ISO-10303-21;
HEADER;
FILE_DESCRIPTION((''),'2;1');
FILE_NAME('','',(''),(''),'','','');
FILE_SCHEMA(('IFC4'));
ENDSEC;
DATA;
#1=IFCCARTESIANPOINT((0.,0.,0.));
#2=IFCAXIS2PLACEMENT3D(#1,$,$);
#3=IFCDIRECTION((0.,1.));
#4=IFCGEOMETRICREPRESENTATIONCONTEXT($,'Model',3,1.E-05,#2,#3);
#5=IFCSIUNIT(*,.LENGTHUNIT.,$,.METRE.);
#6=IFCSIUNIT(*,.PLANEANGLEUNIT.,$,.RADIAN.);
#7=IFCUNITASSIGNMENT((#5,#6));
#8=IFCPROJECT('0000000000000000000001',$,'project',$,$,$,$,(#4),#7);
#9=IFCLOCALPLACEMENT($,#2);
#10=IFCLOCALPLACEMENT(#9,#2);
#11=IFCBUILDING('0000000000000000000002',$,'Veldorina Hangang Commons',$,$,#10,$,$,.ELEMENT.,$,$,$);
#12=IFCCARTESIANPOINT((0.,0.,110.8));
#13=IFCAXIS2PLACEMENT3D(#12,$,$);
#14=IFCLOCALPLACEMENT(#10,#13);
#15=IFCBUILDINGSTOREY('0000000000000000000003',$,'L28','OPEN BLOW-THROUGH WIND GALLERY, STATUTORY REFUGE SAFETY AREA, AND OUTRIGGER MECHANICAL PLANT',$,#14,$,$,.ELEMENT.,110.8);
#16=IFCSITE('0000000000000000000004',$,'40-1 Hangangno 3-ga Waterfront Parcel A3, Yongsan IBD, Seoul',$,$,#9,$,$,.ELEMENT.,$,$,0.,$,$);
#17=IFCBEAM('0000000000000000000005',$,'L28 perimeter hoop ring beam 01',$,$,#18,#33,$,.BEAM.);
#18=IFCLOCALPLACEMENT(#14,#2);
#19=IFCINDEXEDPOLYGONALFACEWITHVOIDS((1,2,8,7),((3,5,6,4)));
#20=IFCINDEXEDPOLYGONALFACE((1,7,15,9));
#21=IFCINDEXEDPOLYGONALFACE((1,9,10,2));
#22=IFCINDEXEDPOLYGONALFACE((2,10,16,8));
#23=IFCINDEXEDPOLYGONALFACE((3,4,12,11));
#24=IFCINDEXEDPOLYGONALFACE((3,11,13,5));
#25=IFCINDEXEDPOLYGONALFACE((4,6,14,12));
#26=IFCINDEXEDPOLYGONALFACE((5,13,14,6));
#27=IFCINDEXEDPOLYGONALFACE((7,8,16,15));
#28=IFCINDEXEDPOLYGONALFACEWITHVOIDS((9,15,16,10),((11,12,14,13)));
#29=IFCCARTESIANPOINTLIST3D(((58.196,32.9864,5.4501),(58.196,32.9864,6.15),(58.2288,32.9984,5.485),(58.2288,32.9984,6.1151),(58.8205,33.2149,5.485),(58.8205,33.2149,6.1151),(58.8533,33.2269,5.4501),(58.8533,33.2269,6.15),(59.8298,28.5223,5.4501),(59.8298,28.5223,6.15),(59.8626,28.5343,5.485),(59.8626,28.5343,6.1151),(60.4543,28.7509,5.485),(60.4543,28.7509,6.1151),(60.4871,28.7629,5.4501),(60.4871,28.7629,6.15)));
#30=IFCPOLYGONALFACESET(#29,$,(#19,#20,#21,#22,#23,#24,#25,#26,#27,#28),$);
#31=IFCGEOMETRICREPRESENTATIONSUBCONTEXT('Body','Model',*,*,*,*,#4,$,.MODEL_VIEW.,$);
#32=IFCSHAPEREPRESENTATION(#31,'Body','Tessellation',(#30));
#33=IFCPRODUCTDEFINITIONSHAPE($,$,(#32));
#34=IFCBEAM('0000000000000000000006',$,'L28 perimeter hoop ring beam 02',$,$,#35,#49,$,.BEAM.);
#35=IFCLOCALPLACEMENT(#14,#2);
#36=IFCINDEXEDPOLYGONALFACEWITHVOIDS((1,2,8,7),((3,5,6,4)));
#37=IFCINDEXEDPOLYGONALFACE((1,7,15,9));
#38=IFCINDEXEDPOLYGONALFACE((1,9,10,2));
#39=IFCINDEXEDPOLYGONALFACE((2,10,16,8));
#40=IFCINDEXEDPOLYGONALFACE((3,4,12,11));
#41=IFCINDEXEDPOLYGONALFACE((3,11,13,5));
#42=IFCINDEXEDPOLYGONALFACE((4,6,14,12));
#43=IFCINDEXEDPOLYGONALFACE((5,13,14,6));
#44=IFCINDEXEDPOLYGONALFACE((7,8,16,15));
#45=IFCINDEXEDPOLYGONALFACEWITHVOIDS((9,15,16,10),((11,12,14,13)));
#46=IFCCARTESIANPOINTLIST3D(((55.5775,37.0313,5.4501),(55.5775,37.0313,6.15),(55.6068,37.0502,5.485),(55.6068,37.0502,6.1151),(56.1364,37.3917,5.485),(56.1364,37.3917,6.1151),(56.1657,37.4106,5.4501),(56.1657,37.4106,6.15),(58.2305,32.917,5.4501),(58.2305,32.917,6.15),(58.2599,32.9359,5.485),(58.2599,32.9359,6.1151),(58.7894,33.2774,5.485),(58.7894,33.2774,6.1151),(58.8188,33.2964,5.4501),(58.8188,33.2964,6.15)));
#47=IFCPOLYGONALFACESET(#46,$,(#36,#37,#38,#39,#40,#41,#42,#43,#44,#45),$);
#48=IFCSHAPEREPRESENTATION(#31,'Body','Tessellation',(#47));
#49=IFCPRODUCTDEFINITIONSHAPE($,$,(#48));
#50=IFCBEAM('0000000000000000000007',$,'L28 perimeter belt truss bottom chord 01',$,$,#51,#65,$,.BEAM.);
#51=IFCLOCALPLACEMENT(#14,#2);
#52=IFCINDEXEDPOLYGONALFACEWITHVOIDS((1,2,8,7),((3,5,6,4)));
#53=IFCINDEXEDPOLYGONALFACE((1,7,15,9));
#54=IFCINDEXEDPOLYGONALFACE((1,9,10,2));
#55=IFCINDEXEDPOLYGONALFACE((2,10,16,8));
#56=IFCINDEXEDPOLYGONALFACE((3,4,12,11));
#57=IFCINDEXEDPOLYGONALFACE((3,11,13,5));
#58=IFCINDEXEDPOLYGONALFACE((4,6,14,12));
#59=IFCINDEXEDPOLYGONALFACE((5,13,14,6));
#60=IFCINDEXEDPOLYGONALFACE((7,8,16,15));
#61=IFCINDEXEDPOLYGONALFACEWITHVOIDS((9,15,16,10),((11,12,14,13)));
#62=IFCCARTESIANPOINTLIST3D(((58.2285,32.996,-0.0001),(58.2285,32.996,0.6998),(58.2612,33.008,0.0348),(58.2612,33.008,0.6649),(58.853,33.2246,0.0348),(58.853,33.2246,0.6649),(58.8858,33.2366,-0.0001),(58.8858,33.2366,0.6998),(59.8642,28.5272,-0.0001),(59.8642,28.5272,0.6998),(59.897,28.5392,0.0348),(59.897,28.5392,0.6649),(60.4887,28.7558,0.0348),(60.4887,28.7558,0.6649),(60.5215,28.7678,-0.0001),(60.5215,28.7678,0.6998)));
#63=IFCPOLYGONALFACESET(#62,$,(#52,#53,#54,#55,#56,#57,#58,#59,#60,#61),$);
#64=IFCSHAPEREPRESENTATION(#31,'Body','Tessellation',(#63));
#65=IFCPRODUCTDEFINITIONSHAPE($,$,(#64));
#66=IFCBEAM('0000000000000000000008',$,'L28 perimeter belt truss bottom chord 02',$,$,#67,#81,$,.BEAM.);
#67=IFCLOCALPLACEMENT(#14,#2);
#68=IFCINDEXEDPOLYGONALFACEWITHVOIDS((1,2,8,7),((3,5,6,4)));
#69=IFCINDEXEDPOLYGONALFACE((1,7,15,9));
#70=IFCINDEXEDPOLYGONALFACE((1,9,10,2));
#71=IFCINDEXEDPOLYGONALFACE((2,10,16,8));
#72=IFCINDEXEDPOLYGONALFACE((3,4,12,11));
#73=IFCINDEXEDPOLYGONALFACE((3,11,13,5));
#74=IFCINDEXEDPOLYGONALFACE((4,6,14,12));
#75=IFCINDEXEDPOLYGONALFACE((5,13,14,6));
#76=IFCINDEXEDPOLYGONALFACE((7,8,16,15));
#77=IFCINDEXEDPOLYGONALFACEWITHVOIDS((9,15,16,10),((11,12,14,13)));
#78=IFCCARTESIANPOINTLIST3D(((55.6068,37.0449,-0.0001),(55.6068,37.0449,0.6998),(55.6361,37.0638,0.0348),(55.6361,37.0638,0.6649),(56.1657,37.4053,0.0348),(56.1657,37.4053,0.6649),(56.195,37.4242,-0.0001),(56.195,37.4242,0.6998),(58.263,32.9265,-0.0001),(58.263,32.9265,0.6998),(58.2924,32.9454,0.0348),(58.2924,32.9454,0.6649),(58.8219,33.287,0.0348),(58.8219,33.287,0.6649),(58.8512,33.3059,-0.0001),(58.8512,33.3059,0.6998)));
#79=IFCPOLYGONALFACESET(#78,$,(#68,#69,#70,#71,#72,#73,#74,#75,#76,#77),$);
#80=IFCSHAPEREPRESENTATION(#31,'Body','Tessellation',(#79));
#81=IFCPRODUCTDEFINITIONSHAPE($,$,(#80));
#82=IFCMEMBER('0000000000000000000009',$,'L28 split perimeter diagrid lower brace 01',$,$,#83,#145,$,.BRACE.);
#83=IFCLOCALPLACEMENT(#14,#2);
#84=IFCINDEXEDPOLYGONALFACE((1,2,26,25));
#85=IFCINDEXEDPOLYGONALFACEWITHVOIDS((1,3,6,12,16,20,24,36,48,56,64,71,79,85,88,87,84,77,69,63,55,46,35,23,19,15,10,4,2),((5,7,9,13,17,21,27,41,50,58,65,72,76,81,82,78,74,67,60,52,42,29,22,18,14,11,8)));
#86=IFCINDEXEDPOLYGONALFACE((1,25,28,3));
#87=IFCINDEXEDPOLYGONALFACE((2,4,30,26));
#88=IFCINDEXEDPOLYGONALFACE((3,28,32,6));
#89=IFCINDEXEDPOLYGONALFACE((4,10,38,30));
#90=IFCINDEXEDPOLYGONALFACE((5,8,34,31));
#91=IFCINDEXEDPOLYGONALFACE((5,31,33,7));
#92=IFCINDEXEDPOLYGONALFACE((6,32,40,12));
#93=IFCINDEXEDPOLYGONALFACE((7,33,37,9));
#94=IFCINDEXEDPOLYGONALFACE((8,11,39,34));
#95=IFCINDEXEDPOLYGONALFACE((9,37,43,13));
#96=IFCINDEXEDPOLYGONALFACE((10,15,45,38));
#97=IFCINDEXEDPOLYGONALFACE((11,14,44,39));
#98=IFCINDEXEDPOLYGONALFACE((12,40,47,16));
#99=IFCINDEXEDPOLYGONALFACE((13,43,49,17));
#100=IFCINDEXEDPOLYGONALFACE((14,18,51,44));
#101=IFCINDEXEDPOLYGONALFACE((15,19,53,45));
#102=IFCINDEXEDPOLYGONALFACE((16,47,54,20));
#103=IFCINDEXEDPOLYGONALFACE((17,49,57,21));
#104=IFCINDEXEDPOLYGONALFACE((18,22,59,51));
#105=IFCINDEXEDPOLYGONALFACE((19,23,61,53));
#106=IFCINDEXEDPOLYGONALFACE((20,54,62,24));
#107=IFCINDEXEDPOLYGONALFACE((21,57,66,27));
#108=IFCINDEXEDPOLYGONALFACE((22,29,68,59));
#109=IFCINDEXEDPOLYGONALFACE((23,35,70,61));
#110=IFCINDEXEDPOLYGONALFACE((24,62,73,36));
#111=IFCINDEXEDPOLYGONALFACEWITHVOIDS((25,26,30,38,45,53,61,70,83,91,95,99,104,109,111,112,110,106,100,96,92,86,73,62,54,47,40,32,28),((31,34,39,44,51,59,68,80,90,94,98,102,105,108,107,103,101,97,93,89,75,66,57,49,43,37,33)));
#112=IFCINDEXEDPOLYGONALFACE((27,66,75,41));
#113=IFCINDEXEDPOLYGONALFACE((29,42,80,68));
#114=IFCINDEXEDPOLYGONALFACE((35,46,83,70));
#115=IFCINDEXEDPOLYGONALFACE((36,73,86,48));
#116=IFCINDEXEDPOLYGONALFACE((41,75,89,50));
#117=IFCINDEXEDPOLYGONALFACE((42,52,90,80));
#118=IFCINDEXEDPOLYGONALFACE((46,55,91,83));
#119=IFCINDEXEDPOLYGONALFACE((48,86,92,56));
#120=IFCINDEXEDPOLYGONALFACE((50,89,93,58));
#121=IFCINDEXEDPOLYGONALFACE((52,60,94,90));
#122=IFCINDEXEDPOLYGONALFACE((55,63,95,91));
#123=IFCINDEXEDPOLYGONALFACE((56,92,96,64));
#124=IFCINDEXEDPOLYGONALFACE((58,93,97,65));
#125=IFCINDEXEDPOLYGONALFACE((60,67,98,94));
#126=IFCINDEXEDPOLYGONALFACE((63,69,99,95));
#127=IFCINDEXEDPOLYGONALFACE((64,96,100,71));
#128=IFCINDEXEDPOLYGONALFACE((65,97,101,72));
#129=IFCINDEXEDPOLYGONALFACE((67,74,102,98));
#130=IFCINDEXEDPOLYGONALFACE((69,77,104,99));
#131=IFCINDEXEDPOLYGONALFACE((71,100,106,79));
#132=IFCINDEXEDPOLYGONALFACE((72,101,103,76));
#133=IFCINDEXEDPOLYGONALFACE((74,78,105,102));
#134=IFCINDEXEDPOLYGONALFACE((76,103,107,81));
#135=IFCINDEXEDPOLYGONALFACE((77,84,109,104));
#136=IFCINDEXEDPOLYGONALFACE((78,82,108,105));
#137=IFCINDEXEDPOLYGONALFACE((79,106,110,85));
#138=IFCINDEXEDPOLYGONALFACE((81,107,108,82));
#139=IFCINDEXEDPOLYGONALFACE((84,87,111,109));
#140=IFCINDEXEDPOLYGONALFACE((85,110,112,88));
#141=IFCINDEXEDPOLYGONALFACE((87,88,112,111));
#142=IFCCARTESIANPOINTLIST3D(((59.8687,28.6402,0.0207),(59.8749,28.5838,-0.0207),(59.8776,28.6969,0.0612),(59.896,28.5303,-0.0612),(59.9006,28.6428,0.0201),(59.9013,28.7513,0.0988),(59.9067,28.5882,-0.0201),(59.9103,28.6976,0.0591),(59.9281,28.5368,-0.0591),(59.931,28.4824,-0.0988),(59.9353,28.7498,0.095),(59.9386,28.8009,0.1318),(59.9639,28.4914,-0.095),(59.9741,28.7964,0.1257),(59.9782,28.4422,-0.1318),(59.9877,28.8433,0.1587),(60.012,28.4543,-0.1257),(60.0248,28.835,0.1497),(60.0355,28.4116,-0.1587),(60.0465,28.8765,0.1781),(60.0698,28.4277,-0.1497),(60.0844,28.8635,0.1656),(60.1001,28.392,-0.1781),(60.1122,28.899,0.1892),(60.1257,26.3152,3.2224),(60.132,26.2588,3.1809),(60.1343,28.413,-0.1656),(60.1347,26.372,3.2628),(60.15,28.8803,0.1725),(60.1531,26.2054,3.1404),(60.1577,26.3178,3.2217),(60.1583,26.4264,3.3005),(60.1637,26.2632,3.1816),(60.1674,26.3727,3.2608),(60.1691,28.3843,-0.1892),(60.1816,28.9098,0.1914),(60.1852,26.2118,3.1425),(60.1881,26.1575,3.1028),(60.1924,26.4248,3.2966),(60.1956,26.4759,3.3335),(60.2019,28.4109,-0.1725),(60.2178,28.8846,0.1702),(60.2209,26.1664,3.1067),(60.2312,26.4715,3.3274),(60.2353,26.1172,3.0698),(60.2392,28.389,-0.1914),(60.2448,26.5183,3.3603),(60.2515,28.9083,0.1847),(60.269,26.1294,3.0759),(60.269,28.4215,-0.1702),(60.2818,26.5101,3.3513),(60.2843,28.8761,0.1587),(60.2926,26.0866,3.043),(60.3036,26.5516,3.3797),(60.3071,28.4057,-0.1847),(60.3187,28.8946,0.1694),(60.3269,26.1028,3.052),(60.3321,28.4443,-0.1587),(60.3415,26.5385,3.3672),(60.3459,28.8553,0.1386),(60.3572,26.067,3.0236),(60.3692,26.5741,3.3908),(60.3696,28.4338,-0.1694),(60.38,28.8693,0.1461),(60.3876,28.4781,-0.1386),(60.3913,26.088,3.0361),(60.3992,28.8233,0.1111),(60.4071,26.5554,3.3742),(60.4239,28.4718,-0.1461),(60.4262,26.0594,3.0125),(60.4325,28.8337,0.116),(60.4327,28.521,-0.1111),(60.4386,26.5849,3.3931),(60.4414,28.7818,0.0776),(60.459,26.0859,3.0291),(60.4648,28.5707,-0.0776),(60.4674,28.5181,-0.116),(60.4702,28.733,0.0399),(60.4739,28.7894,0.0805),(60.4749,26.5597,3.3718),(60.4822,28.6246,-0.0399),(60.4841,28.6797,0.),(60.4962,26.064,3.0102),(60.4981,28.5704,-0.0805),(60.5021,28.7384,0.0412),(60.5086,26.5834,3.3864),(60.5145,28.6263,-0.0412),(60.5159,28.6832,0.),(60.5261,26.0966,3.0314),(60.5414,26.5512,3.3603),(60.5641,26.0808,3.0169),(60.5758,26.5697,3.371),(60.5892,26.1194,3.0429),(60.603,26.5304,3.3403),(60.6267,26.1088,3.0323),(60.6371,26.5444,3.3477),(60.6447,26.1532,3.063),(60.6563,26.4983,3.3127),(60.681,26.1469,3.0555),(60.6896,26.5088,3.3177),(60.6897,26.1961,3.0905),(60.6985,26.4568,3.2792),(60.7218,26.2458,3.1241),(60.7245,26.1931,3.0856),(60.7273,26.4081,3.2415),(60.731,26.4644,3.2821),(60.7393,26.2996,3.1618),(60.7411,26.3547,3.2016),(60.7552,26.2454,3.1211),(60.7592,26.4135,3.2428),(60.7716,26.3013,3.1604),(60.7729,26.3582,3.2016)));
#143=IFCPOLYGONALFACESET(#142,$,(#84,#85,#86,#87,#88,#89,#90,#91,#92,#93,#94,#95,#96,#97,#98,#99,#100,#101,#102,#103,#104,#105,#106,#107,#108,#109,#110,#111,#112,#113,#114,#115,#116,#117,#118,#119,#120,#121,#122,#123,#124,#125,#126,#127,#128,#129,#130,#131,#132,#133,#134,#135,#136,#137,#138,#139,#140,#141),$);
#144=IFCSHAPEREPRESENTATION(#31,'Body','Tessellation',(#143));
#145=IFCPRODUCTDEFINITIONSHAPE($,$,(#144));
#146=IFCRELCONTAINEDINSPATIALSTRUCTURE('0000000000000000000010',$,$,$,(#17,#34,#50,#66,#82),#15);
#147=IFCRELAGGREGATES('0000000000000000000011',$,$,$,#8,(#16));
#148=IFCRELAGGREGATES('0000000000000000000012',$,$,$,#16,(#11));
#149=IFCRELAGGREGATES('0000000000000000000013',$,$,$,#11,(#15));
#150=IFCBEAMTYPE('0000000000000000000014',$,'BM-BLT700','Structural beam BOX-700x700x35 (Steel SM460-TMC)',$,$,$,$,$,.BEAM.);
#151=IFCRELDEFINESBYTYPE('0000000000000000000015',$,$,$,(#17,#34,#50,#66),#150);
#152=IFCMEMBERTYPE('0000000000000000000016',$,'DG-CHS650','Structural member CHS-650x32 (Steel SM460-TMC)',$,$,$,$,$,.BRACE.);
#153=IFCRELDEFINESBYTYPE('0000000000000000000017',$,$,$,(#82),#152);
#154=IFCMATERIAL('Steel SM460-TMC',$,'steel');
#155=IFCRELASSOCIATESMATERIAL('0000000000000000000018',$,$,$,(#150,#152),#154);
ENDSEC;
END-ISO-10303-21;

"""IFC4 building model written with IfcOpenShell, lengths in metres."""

from ifc_helpers import new_model, si_unit, direction, frame, origin, origin_2d, place, context, subcontext, project, spatial, hollow_rectangle, hollow_circle, extrude, material, material_profile, profile_set, type_object, element, save


model = new_model("IFC4")

# Units and contexts
model_context = context("Model", 3, precision=1e-05, world=origin(), true_north=direction((0.0, 1.0)))
body_context = subcontext(model_context, "Body", "Model", "MODEL_VIEW")
ifc_project = project(units=[si_unit("LENGTHUNIT", "METRE"), si_unit("PLANEANGLEUNIT", "RADIAN")], contexts=[model_context])

# Site, building, storey
site_placement = place(None, origin())
site = spatial("IfcSite", under=ifc_project, at=site_placement, Name="40-1 Hangangno 3-ga Waterfront Parcel A3, Yongsan IBD, Seoul", CompositionType="ELEMENT", RefElevation=0.0)
building_placement = place(site_placement, origin())
building = spatial("IfcBuilding", under=site, at=building_placement, Name="Veldorina Hangang Commons", CompositionType="ELEMENT")
storey_placement = place(building_placement, frame((0.0, 0.0, 110.8)))
storey = spatial("IfcBuildingStorey", under=building, at=storey_placement, Name="L28", Description="OPEN BLOW-THROUGH WIND GALLERY, STATUTORY REFUGE SAFETY AREA, AND OUTRIGGER MECHANICAL PLANT", CompositionType="ELEMENT", Elevation=110.8)

# Beams
ifc_material_1 = material(Name="Steel SM460-TMC", Category="steel")
ifc_material_profile_1 = material_profile(ifc_material_1, hollow_rectangle(XDim=0.7, YDim=0.7, WallThickness=0.0349, at=origin_2d()), Name="BOX-700x700x35")
ifc_profile_set_1 = profile_set([ifc_material_profile_1], Name="Steel SM460-TMC")
beam_type = type_object("IfcBeamType", Name="BM-BLT700", Description="Structural beam BOX-700x700x35 (Steel SM460-TMC)", PredefinedType="BEAM", material=ifc_profile_set_1)
beam_1_placement = place(storey_placement, frame((60.1584, 28.6426, 5.8), z_axis=(-0.343689, 0.939084, 0.0), x_axis=(-0.939084, -0.343689, 0.0)))
element("IfcBeam", 1, at=beam_1_placement, inside=storey, type_object=beam_type, Name="L28 perimeter hoop ring beam 01", PredefinedType="BEAM", context=body_context, shape_type="SweptSolid", body=[
    extrude(hollow_rectangle(XDim=0.7, YDim=0.7, WallThickness=0.0349, at=origin_2d()), origin(), (0.0, 0.0, 1.0), 4.7537),
])
beam_2_placement = place(storey_placement, frame((58.5247, 33.1067, 5.8), z_axis=(-0.541942, 0.840416, 0.0), x_axis=(-0.840416, -0.541942, 0.0)))
element("IfcBeam", 2, at=beam_2_placement, inside=storey, type_object=beam_type, Name="L28 perimeter hoop ring beam 02", PredefinedType="BEAM", context=body_context, shape_type="SweptSolid", body=[
    extrude(hollow_rectangle(XDim=0.7, YDim=0.7, WallThickness=0.0349, at=origin_2d()), origin(), (0.0, 0.0, 1.0), 4.8955),
])
beam_3_placement = place(storey_placement, frame((60.1929, 28.6475, 0.3499), z_axis=(-0.343736, 0.939066, 0.0), x_axis=(-0.939066, -0.343736, 0.0)))
element("IfcBeam", 3, at=beam_3_placement, inside=storey, type_object=beam_type, Name="L28 perimeter belt truss bottom chord 01", PredefinedType="BEAM", context=body_context, shape_type="SweptSolid", body=[
    extrude(hollow_rectangle(XDim=0.7, YDim=0.7, WallThickness=0.0349, at=origin_2d()), origin(), (0.0, 0.0, 1.0), 4.7588),
])
beam_4_placement = place(storey_placement, frame((58.5571, 33.1162, 0.3499), z_axis=(-0.542013, 0.84037, 0.0), x_axis=(-0.84037, -0.542013, 0.0)))
element("IfcBeam", 4, at=beam_4_placement, inside=storey, type_object=beam_type, Name="L28 perimeter belt truss bottom chord 02", PredefinedType="BEAM", context=body_context, shape_type="SweptSolid", body=[
    extrude(hollow_rectangle(XDim=0.7, YDim=0.7, WallThickness=0.0349, at=origin_2d()), origin(), (0.0, 0.0, 1.0), 4.9006),
])

# Member
ifc_material_profile_2 = material_profile(ifc_material_1, hollow_circle(Radius=0.325, WallThickness=0.032, at=origin_2d()), Name="CHS-650x32")
ifc_profile_set_2 = profile_set([ifc_material_profile_2], Name="Steel SM460-TMC")
member_type_1 = type_object("IfcMemberType", Name="DG-CHS650", Description="Structural member CHS-650x32 (Steel SM460-TMC)", PredefinedType="BRACE", material=ifc_profile_set_2)
member_1_placement = place(storey_placement, frame((60.1929, 28.6475, 0.0), z_axis=(0.064836, -0.586352, 0.807458), x_axis=(0.993942, 0.109905, 0.0)))
element("IfcMember", 5, at=member_1_placement, inside=storey, type_object=member_type_1, Name="L28 split perimeter diagrid lower brace 01", PredefinedType="BRACE", context=body_context, shape_type="SweptSolid", body=[
    extrude(hollow_circle(Radius=0.325, WallThickness=0.032, at=origin_2d()), origin(), (0.0, 0.0, 1.0), 3.9651),
])

save(model, "model.ifc")
